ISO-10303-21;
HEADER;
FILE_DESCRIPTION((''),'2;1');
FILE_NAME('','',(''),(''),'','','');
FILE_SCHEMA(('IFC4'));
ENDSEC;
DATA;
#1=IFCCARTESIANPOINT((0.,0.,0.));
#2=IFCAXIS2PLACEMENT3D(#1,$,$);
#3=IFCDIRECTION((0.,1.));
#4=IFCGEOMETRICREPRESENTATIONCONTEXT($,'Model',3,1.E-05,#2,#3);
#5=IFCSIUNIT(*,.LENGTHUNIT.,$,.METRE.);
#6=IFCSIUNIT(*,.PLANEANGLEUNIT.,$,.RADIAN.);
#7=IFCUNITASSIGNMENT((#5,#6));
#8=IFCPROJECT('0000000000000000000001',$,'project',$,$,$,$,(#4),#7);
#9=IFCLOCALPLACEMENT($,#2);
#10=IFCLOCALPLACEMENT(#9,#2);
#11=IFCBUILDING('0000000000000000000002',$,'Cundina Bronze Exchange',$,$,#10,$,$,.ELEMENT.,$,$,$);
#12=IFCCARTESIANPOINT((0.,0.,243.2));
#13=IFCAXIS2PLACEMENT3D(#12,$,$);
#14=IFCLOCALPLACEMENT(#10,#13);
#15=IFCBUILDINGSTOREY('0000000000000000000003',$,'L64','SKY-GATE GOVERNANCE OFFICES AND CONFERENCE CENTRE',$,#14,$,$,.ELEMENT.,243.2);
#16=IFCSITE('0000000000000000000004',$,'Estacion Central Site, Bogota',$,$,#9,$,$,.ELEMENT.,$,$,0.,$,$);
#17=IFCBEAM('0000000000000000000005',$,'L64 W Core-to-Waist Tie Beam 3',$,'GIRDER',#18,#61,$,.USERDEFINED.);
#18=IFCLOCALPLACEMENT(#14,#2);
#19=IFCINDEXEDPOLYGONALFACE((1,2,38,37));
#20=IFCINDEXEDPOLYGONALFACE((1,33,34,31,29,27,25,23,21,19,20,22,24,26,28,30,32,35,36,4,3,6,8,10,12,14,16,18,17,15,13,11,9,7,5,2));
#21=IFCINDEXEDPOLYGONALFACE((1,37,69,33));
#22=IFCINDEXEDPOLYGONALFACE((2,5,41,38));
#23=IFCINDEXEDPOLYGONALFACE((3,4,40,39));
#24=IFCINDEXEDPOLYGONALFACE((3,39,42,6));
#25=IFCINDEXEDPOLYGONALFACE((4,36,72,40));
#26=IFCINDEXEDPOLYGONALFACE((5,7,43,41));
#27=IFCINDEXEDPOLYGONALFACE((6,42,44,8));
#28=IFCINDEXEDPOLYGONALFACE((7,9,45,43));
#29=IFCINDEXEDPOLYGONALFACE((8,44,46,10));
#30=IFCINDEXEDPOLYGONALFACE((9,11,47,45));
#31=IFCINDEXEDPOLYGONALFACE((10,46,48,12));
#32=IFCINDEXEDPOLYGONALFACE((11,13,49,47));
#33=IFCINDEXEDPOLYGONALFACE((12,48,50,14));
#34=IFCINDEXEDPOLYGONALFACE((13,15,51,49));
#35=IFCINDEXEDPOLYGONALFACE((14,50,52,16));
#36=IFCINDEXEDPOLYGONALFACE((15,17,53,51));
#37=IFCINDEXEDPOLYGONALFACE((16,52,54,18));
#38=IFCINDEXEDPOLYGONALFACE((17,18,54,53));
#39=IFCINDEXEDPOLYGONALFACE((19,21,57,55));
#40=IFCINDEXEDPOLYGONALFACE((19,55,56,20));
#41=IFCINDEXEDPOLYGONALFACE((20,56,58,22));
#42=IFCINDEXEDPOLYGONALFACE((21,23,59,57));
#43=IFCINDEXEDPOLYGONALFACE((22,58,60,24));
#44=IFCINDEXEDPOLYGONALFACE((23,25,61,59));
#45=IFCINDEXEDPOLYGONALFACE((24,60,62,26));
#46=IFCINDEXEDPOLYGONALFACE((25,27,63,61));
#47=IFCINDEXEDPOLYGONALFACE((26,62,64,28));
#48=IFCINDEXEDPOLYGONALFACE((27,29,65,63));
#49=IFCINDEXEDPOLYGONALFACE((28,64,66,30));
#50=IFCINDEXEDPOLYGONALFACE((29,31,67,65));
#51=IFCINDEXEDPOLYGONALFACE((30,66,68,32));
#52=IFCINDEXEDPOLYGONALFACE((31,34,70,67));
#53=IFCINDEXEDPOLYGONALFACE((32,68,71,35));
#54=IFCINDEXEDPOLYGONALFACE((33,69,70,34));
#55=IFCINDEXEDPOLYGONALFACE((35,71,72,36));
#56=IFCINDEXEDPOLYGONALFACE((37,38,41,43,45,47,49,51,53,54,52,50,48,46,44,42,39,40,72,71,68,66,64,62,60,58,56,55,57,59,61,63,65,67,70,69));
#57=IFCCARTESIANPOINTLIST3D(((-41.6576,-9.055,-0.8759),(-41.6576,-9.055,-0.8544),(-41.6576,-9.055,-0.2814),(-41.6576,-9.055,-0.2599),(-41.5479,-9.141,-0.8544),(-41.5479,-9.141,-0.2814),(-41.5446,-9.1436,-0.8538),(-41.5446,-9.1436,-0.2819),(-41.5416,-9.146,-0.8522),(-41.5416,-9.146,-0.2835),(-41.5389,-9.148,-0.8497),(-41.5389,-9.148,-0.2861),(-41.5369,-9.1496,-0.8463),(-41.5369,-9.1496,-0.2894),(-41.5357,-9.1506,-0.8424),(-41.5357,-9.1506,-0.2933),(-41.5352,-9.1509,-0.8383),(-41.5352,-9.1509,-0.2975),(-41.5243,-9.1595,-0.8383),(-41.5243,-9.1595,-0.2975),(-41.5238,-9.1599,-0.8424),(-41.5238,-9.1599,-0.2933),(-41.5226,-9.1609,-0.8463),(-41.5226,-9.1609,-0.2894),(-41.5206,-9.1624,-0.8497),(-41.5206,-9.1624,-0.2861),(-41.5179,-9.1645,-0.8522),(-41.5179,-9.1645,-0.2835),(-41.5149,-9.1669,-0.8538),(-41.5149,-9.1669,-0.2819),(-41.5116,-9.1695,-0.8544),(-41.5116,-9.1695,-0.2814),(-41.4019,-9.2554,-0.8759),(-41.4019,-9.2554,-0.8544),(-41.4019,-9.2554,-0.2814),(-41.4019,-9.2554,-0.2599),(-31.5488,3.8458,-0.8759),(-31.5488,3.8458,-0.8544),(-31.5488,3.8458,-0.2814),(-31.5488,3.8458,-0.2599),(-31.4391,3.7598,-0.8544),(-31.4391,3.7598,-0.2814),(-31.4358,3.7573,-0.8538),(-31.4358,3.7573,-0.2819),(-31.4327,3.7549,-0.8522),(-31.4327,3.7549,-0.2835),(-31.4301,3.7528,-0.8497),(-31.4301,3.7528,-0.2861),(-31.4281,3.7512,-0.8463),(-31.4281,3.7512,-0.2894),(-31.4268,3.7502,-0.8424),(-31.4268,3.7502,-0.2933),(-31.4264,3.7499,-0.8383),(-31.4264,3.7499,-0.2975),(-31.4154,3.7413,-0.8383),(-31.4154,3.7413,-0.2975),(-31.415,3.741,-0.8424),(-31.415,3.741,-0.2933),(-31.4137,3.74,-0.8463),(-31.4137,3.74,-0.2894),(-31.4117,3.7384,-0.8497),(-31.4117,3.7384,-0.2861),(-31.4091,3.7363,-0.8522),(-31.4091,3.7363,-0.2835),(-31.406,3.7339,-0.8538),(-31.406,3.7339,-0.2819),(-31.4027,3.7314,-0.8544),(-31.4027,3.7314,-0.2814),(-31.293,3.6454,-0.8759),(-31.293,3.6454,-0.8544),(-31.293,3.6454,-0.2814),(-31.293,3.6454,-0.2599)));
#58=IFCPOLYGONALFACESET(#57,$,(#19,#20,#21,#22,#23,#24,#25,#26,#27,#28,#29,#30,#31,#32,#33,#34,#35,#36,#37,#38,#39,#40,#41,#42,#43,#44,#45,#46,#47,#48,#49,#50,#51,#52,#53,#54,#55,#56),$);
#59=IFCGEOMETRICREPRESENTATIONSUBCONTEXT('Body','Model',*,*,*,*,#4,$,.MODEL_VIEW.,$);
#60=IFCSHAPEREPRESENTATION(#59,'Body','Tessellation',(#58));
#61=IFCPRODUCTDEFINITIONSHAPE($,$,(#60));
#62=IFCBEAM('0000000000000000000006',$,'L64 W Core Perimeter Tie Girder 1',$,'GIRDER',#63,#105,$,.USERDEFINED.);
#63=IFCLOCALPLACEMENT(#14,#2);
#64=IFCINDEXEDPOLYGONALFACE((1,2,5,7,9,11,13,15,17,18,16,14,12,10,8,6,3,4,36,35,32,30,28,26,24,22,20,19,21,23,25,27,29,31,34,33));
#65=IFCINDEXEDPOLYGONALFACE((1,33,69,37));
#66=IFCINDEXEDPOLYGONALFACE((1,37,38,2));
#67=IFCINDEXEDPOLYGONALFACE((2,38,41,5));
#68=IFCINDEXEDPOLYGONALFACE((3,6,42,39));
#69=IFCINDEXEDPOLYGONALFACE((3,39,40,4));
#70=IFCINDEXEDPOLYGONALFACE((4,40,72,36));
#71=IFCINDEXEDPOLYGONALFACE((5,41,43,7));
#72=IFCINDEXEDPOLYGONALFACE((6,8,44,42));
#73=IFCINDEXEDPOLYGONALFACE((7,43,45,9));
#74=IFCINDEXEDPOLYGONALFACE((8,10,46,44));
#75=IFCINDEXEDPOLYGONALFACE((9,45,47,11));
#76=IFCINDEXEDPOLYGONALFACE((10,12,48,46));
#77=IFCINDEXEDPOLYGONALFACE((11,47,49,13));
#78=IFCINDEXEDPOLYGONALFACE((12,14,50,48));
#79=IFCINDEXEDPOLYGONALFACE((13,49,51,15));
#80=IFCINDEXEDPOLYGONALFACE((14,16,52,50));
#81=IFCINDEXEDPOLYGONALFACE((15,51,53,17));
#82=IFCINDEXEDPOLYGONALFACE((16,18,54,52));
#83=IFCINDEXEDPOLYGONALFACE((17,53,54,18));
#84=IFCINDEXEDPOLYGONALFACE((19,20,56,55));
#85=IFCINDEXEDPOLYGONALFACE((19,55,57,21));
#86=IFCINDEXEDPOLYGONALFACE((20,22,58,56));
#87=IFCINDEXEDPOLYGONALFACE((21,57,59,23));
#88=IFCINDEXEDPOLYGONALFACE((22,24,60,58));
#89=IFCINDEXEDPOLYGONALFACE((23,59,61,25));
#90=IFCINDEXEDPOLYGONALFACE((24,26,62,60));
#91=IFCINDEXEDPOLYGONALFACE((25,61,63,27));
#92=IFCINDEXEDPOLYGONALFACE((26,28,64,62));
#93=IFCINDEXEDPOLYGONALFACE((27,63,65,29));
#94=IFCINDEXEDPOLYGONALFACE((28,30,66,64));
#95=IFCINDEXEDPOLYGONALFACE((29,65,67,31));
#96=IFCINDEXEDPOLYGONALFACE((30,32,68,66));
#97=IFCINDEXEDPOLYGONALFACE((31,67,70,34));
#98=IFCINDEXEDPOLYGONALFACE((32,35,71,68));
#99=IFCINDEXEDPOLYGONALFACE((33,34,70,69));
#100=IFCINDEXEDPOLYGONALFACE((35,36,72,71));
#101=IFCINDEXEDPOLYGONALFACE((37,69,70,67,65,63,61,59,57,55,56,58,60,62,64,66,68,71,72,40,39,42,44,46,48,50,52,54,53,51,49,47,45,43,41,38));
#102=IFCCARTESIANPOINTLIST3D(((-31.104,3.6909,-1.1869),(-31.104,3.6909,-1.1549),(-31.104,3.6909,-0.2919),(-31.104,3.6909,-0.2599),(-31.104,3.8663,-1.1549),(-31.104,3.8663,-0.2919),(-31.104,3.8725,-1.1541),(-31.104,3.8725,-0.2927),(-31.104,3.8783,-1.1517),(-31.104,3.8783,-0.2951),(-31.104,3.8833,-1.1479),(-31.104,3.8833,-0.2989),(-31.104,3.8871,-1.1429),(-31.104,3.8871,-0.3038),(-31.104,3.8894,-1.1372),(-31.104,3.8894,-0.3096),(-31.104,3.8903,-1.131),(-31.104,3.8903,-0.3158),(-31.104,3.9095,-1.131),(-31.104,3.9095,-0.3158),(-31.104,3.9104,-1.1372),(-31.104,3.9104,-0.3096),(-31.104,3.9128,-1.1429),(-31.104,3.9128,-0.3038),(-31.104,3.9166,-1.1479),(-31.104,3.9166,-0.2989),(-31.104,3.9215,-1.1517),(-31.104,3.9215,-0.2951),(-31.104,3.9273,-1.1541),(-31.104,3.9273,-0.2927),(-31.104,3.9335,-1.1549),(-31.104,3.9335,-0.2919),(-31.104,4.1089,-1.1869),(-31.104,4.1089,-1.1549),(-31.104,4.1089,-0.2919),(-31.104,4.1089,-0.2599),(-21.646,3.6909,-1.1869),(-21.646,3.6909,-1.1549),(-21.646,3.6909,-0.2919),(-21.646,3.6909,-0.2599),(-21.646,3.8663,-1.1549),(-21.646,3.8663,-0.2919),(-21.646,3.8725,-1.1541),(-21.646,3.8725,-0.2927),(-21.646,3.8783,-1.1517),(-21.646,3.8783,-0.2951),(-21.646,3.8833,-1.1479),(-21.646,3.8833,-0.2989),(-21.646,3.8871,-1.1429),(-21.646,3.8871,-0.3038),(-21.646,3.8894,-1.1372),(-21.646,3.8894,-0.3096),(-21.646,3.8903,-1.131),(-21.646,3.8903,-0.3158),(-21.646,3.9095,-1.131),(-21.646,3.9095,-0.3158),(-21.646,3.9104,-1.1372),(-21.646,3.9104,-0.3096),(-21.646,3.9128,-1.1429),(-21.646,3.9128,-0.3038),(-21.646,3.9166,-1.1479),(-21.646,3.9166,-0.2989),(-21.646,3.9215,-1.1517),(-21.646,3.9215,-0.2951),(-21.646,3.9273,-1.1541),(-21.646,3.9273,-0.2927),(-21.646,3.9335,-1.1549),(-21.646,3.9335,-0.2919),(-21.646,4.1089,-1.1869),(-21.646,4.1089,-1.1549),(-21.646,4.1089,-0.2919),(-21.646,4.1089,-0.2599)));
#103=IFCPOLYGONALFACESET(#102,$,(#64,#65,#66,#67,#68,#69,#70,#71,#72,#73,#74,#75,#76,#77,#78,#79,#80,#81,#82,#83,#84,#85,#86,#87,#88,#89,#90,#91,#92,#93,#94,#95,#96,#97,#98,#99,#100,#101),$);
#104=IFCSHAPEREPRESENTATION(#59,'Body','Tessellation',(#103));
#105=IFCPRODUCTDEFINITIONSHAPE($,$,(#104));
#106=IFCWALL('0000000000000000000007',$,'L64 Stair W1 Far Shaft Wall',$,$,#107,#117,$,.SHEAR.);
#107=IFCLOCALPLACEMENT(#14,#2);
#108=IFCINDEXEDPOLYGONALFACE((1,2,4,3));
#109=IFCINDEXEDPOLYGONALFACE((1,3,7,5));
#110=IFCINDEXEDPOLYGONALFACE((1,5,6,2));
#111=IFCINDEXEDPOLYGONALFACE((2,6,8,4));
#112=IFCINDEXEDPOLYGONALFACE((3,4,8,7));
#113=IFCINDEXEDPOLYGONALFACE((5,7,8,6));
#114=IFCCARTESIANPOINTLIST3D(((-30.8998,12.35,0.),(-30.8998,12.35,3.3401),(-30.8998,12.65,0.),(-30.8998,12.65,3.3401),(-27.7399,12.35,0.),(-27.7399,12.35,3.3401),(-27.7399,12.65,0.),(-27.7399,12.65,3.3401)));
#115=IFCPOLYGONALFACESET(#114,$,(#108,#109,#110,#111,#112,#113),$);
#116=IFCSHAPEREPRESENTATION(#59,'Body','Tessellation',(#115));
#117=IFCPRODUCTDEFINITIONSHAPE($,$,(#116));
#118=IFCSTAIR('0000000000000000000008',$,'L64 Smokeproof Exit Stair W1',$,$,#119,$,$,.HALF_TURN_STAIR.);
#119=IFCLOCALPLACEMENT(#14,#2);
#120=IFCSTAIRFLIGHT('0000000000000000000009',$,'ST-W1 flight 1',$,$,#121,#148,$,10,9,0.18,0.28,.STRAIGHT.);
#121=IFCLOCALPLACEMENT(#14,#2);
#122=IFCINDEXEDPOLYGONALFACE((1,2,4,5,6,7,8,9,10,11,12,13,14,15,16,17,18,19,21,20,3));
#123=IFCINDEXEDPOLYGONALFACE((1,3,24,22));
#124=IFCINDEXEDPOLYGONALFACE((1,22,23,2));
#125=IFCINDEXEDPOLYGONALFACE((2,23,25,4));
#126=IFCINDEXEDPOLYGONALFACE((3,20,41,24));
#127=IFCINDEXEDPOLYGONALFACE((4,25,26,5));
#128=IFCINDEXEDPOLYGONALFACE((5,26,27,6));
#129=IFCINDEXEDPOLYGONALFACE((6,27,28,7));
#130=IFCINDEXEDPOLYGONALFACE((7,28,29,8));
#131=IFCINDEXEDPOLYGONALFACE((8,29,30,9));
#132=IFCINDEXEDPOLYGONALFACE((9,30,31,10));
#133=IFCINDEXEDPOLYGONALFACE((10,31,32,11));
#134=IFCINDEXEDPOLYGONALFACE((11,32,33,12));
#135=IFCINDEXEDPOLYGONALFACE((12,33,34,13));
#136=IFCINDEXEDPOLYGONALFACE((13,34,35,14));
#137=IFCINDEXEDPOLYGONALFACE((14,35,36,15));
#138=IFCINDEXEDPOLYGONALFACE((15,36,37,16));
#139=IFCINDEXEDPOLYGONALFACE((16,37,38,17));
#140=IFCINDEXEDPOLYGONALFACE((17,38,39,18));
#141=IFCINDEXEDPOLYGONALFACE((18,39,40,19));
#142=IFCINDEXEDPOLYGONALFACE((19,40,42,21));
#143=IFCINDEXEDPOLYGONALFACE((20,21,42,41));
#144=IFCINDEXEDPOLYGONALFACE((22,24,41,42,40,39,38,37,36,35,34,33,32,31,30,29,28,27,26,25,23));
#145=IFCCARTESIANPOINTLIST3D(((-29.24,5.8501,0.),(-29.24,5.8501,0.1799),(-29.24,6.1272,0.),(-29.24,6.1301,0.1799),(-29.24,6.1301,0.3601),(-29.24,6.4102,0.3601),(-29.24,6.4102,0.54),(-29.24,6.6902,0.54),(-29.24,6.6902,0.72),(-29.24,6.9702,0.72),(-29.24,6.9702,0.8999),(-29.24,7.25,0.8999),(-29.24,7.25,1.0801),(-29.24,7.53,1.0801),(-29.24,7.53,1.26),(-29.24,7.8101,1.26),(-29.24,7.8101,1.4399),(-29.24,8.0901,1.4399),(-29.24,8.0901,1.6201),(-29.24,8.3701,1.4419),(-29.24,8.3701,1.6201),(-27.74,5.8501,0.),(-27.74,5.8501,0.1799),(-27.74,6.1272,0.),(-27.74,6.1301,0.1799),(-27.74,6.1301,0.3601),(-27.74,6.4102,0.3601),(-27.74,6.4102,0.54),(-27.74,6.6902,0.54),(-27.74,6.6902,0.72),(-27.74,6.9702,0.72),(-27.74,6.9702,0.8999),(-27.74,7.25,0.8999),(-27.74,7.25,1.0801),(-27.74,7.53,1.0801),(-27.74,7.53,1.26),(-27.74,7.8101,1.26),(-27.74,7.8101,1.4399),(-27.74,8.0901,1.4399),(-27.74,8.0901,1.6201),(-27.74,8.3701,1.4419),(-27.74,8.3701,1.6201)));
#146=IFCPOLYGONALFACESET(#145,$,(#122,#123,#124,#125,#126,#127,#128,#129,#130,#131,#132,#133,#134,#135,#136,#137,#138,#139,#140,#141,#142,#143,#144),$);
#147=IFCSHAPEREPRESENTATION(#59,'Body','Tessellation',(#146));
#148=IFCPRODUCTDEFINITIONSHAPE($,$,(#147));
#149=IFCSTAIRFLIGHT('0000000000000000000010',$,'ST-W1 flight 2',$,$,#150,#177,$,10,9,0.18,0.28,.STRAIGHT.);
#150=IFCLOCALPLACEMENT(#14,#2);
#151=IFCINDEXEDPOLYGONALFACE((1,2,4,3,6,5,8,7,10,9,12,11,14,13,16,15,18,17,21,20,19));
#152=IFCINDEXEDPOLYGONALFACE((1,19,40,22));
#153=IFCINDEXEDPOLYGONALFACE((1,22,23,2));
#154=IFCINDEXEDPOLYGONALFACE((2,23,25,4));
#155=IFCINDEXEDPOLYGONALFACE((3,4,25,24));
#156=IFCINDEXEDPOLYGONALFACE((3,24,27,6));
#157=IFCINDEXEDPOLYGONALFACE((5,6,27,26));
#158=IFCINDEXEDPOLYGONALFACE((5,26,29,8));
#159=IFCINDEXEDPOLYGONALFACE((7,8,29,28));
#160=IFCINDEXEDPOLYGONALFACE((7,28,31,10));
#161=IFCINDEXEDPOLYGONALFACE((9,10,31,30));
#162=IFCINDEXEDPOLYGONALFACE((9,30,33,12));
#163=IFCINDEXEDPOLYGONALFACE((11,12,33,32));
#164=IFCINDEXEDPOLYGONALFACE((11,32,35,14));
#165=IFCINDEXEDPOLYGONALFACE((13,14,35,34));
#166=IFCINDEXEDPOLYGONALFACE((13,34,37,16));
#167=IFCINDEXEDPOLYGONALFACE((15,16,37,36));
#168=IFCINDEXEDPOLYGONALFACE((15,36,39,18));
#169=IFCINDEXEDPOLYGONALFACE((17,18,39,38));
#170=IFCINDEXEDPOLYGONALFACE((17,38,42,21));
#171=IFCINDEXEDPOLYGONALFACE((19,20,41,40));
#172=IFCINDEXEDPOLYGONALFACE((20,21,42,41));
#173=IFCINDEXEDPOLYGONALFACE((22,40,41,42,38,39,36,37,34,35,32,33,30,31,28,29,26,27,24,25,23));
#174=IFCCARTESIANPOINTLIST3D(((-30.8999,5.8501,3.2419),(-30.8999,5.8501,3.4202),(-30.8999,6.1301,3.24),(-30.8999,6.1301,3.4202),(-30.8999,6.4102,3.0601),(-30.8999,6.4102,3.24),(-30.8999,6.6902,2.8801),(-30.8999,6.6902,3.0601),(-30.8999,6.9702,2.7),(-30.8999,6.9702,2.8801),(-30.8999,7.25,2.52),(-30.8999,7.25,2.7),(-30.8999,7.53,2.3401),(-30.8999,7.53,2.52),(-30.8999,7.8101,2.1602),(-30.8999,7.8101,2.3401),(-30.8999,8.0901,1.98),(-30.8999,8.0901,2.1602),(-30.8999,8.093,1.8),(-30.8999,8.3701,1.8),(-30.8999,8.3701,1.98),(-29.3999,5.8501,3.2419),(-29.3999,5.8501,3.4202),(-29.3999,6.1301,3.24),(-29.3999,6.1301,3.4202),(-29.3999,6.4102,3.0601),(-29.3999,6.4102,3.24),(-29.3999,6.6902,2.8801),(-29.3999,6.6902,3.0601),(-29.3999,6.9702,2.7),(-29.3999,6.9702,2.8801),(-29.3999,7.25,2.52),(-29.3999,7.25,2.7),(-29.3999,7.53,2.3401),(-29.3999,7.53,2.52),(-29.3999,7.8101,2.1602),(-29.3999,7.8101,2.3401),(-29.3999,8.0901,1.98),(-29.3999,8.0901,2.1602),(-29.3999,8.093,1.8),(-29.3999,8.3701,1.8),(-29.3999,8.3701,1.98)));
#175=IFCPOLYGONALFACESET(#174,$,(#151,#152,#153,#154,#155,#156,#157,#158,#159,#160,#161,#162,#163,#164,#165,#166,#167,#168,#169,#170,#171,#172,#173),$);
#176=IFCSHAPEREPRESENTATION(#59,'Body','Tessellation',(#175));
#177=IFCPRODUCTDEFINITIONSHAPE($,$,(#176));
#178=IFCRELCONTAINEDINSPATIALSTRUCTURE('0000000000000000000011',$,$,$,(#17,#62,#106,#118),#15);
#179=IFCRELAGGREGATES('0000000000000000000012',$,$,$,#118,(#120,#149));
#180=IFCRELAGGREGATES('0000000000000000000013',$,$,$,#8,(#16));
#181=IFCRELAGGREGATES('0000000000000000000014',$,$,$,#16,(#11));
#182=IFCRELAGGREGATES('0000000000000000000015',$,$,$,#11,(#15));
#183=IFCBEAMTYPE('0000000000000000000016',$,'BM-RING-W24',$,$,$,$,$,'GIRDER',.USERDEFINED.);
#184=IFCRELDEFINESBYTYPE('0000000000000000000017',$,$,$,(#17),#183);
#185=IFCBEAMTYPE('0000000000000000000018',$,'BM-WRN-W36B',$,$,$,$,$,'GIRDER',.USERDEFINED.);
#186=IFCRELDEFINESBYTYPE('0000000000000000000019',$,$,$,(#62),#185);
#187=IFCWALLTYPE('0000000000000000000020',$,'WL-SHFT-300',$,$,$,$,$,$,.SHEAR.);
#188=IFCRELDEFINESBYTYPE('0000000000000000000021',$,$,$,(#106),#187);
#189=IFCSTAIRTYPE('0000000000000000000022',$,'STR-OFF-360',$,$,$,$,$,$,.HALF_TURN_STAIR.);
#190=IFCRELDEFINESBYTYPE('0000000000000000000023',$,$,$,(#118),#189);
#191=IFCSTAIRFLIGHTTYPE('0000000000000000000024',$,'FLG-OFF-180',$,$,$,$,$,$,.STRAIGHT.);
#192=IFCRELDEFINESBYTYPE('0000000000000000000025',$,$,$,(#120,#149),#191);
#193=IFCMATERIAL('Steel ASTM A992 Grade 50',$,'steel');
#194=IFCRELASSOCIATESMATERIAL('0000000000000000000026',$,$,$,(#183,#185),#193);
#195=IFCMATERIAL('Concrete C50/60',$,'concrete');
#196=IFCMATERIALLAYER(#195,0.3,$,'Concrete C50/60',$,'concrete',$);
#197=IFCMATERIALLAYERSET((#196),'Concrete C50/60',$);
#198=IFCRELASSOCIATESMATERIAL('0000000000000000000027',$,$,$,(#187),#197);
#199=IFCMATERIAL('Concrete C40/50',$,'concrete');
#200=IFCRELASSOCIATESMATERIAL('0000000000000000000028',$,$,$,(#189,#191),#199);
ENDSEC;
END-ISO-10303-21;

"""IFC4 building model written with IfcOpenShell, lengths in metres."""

from ifc_helpers import new_model, si_unit, direction, frame, frame_2d, origin, origin_2d, place, context, subcontext, project, spatial, polyline, rectangle, i_section, outline, extrude, material, layer, layer_set, material_profile, profile_set, type_object, element, aggregate, save


model = new_model("IFC4")

# Units and contexts
model_context = context("Model", 3, precision=1e-05, world=origin(), true_north=direction((0.0, 1.0)))
body_context = subcontext(model_context, "Body", "Model", "MODEL_VIEW")
ifc_project = project(units=[si_unit("LENGTHUNIT", "METRE"), si_unit("PLANEANGLEUNIT", "RADIAN")], contexts=[model_context])

# Site, building, storey
site_placement = place(None, origin())
site = spatial("IfcSite", under=ifc_project, at=site_placement, Name="Estacion Central Site, Bogota", CompositionType="ELEMENT", RefElevation=0.0)
building_placement = place(site_placement, origin())
building = spatial("IfcBuilding", under=site, at=building_placement, Name="Cundina Bronze Exchange", CompositionType="ELEMENT")
storey_placement = place(building_placement, frame((0.0, 0.0, 243.2)))
storey = spatial("IfcBuildingStorey", under=building, at=storey_placement, Name="L64", Description="SKY-GATE GOVERNANCE OFFICES AND CONFERENCE CENTRE", CompositionType="ELEMENT", Elevation=243.2)

# Shared definitions
ifc_material_1 = material(Name="Steel ASTM A992 Grade 50", Category="steel")

# Beams
ifc_material_profile_1 = material_profile(ifc_material_1, i_section(OverallWidth=0.325, OverallDepth=0.616, WebThickness=0.0139, FlangeThickness=0.0215, FilletRadius=0.0161, at=origin_2d()), Name="W24X117", Category="steel")
ifc_profile_set_1 = profile_set([ifc_material_profile_1], Name="Steel ASTM A992 Grade 50")
beam_type_1 = type_object("IfcBeamType", Name="BM-RING-W24", ElementType="GIRDER", PredefinedType="USERDEFINED", material=ifc_profile_set_1)
beam_1_placement = place(storey_placement, frame((-31.4209, 3.7456, -0.5679), z_axis=(-0.616783, -0.787133, 0.0), x_axis=(0.787133, -0.616783, 0.0)))
element("IfcBeam", 1, at=beam_1_placement, inside=storey, type_object=beam_type_1, Name="L64 W Core-to-Waist Tie Beam 3", ObjectType="GIRDER", PredefinedType="USERDEFINED", context=body_context, shape_type="SweptSolid", body=[
    extrude(i_section(OverallWidth=0.325, OverallDepth=0.616, WebThickness=0.0139, FlangeThickness=0.0215, FilletRadius=0.0161, at=origin_2d()), origin(), (0.0, 0.0, 1.0), 16.3896),
])
ifc_material_profile_2 = material_profile(ifc_material_1, i_section(OverallWidth=0.418, OverallDepth=0.927, WebThickness=0.0193, FlangeThickness=0.032, FilletRadius=0.0239, at=origin_2d()), Name="W36X231", Category="steel")
ifc_profile_set_2 = profile_set([ifc_material_profile_2], Name="Steel ASTM A992 Grade 50")
beam_type_2 = type_object("IfcBeamType", Name="BM-WRN-W36B", ElementType="GIRDER", PredefinedType="USERDEFINED", material=ifc_profile_set_2)
beam_2_placement = place(storey_placement, frame((-31.104, 3.8999, -0.7234), z_axis=(1.0, 0.0, 0.0), x_axis=(0.0, 1.0, 0.0)))
element("IfcBeam", 2, at=beam_2_placement, inside=storey, type_object=beam_type_2, Name="L64 W Core Perimeter Tie Girder 1", ObjectType="GIRDER", PredefinedType="USERDEFINED", context=body_context, shape_type="SweptSolid", body=[
    extrude(i_section(OverallWidth=0.418, OverallDepth=0.927, WebThickness=0.0193, FlangeThickness=0.032, FilletRadius=0.0239, at=origin_2d()), origin(), (0.0, 0.0, 1.0), 9.458),
])

# Shared definitions
ifc_material_2 = material(Name="Concrete C50/60", Category="concrete")
ifc_layer_1 = layer(ifc_material_2, 0.3, Name="Concrete C50/60", Category="concrete")
ifc_layer_set_1 = layer_set([ifc_layer_1], Name="Concrete C50/60")
wall_type_1 = type_object("IfcWallType", Name="WL-SHFT-300", PredefinedType="SHEAR", material=ifc_layer_set_1)

# Wall
wall_1_placement = place(storey_placement, frame((-30.8999, 12.5, 0.0), z_axis=(0.0, 0.0, 1.0), x_axis=(1.0, 0.0, 0.0)))
element("IfcWall", 3, at=wall_1_placement, inside=storey, type_object=wall_type_1, Name="L64 Stair W1 Far Shaft Wall", PredefinedType="SHEAR", context=body_context, shape_type="SweptSolid", body=[
    extrude(rectangle(XDim=3.1599, YDim=0.3, at=frame_2d((1.5801, 0.0))), origin(), (0.0, 0.0, 1.0), 3.3401),
])

# Stair, stair flights
ifc_material_3 = material(Name="Concrete C40/50", Category="concrete")
stair_type = type_object("IfcStairType", Name="STR-OFF-360", PredefinedType="HALF_TURN_STAIR", material=ifc_material_3)
stair_placement = place(storey_placement, origin())
stair = element("IfcStair", 4, at=stair_placement, inside=storey, type_object=stair_type, Name="L64 Smokeproof Exit Stair W1", PredefinedType="HALF_TURN_STAIR")
stair_flight_type = type_object("IfcStairFlightType", Name="FLG-OFF-180", PredefinedType="STRAIGHT", material=ifc_material_3)
stair_flight_1_placement = place(storey_placement, frame((-28.49, 5.8501, 0.0), z_axis=(0.0, 0.0, 1.0), x_axis=(0.0, 1.0, 0.0)))
stair_flight_1 = element("IfcStairFlight", 5, at=stair_flight_1_placement, type_object=stair_flight_type, Name="ST-W1 flight 1", NumberOfRisers=10, NumberOfTreads=9, PredefinedType="STRAIGHT", RiserHeight=0.18, TreadLength=0.28, context=body_context, shape_type="SweptSolid", body=[
    extrude(outline(polyline([(0.0, 0.0), (0.0, 0.1799), (0.28, 0.1799), (0.28, 0.3601), (0.5601, 0.3601), (0.5601, 0.54), (0.8401, 0.54), (0.8401, 0.72), (1.1201, 0.72), (1.1201, 0.8999), (1.3999, 0.8999), (1.3999, 1.0801), (1.6799, 1.0801), (1.6799, 1.26), (1.96, 1.26), (1.96, 1.4399), (2.24, 1.4399), (2.24, 1.6201), (2.52, 1.6201), (2.52, 1.8), (2.52, 1.4419), (0.2771, 0.0), (0.0, 0.0)])), frame((0.0, 0.75, 0.0), z_axis=(0.0, -1.0, 0.0), x_axis=(1.0, 0.0, 0.0)), (0.0, 0.0, 1.0), 1.5),
])
stair_flight_2_placement = place(storey_placement, frame((-30.1499, 8.3701, 1.8), z_axis=(0.0, 0.0, 1.0), x_axis=(0.0, -1.0, 0.0)))
stair_flight_2 = element("IfcStairFlight", 6, at=stair_flight_2_placement, type_object=stair_flight_type, Name="ST-W1 flight 2", NumberOfRisers=10, NumberOfTreads=9, PredefinedType="STRAIGHT", RiserHeight=0.18, TreadLength=0.28, context=body_context, shape_type="SweptSolid", body=[
    extrude(outline(polyline([(0.0, 0.0), (0.0, 0.1799), (0.28, 0.1799), (0.28, 0.3601), (0.5601, 0.3601), (0.5601, 0.54), (0.8401, 0.54), (0.8401, 0.72), (1.1201, 0.72), (1.1201, 0.8999), (1.3999, 0.8999), (1.3999, 1.0801), (1.6799, 1.0801), (1.6799, 1.26), (1.96, 1.26), (1.96, 1.4399), (2.24, 1.4399), (2.24, 1.6201), (2.52, 1.6201), (2.52, 1.8), (2.52, 1.4419), (0.2771, 0.0), (0.0, 0.0)])), frame((0.0, 0.75, 0.0), z_axis=(0.0, -1.0, 0.0), x_axis=(1.0, 0.0, 0.0)), (0.0, 0.0, 1.0), 1.5),
])
aggregate(stair, [stair_flight_1, stair_flight_2])

save(model, "model.ifc")
